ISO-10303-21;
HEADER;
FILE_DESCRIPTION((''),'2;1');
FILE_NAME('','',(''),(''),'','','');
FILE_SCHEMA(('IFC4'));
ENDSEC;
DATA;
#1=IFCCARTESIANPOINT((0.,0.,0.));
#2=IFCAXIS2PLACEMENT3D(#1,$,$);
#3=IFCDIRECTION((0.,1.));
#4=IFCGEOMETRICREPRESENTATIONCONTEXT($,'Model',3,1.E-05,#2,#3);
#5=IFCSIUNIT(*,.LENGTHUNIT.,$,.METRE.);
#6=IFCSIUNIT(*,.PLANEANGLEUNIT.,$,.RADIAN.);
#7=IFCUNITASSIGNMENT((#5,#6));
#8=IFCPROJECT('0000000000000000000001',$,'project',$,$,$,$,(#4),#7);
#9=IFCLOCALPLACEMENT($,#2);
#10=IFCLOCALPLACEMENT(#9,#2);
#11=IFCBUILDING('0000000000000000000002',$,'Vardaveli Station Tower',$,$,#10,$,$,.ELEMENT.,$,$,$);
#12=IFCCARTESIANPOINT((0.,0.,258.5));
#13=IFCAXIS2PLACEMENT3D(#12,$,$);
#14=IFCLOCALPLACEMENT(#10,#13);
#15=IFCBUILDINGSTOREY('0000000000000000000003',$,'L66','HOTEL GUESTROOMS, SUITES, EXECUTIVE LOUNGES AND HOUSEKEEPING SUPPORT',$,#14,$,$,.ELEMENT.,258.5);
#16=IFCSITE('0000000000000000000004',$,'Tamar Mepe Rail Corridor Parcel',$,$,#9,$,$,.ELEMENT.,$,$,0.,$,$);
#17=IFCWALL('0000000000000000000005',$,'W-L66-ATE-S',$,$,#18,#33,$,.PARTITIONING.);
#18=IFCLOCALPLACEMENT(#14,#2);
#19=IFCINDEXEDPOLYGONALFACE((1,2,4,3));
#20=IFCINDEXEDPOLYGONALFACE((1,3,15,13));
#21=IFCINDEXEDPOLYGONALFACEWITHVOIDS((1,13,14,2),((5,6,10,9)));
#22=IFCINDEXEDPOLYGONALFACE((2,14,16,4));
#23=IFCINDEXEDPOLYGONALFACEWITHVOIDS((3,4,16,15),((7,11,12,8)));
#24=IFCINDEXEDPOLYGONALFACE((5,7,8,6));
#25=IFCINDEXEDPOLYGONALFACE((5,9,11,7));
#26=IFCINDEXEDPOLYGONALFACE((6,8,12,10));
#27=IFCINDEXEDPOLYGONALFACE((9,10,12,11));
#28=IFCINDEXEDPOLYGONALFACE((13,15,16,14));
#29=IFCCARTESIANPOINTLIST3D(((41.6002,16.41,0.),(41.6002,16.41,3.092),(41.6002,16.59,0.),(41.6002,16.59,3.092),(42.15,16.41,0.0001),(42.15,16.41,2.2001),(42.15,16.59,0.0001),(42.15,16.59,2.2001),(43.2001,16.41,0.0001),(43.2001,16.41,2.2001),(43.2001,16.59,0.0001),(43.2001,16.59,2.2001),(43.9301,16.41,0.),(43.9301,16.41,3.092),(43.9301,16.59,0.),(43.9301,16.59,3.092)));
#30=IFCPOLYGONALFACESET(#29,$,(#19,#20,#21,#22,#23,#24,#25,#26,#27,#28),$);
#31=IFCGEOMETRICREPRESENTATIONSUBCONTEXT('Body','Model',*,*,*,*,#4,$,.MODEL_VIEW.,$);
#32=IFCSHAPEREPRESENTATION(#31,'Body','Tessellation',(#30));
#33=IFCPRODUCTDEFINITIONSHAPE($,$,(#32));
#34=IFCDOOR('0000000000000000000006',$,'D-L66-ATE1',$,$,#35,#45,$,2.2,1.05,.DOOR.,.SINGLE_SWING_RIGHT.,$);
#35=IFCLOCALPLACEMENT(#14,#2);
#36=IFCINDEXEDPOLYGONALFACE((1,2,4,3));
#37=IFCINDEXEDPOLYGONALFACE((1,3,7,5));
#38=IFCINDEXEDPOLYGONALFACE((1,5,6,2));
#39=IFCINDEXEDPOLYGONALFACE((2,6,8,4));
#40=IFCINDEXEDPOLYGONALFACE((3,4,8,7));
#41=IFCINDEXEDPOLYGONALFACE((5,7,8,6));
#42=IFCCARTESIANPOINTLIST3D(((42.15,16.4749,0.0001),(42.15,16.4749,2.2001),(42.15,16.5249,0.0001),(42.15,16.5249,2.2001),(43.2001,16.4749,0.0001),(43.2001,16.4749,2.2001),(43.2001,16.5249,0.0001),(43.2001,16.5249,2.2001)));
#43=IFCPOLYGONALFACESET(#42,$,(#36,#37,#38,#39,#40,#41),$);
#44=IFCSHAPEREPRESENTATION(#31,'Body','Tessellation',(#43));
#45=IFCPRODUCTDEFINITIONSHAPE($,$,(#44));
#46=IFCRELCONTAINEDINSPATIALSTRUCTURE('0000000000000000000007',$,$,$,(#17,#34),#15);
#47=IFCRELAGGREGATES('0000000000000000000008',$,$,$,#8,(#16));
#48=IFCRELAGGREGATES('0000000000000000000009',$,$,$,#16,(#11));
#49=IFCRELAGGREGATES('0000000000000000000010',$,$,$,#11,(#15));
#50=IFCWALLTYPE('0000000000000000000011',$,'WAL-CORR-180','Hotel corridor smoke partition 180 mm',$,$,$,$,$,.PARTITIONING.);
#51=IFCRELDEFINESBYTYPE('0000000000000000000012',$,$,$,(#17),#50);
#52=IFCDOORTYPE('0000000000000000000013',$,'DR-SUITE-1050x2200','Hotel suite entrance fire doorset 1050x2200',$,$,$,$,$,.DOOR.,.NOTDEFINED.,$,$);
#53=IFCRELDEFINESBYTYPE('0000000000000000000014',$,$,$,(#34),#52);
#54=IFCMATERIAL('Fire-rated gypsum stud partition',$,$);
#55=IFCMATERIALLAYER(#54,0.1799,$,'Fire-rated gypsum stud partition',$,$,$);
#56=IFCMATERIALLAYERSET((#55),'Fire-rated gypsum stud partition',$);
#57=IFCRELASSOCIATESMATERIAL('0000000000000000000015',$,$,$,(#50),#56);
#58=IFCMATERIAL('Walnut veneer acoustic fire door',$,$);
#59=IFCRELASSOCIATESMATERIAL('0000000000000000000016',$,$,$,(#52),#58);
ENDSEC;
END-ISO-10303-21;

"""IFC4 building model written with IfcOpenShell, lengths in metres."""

from ifc_helpers import new_model, si_unit, direction, frame, frame_2d, origin, place, context, subcontext, project, spatial, rectangle, extrude, source, transform, mapped, material, layer, layer_set, type_object, element, fill, save


model = new_model("IFC4")

# Units and contexts
model_context = context("Model", 3, precision=1e-05, world=origin(), true_north=direction((0.0, 1.0)))
body_context = subcontext(model_context, "Body", "Model", "MODEL_VIEW")
ifc_project = project(units=[si_unit("LENGTHUNIT", "METRE"), si_unit("PLANEANGLEUNIT", "RADIAN")], contexts=[model_context])

# Site, building, storey
site_placement = place(None, origin())
site = spatial("IfcSite", under=ifc_project, at=site_placement, Name="Tamar Mepe Rail Corridor Parcel", CompositionType="ELEMENT", RefElevation=0.0)
building_placement = place(site_placement, origin())
building = spatial("IfcBuilding", under=site, at=building_placement, Name="Vardaveli Station Tower", CompositionType="ELEMENT")
storey_placement = place(building_placement, frame((0.0, 0.0, 258.5)))
storey = spatial("IfcBuildingStorey", under=building, at=storey_placement, Name="L66", Description="HOTEL GUESTROOMS, SUITES, EXECUTIVE LOUNGES AND HOUSEKEEPING SUPPORT", CompositionType="ELEMENT", Elevation=258.5)

# Wall, opening, door
ifc_material_1 = material(Name="Fire-rated gypsum stud partition")
ifc_layer_1 = layer(ifc_material_1, 0.1799, Name="Fire-rated gypsum stud partition")
ifc_layer_set_1 = layer_set([ifc_layer_1], Name="Fire-rated gypsum stud partition")
wall_type_1 = type_object("IfcWallType", Name="WAL-CORR-180", Description="Hotel corridor smoke partition 180 mm", PredefinedType="PARTITIONING", material=ifc_layer_set_1)
shared_shape_1 = source(origin(), body_context, "Body", "SweptSolid", [
    extrude(rectangle(XDim=2.3298, YDim=0.1799, at=frame_2d((1.165, 0.0))), origin(), (0.0, 0.0, 1.0), 3.092),
])
wall_1_placement = place(storey_placement, frame((41.6001, 16.5, 0.0), z_axis=(0.0, 0.0, 1.0), x_axis=(1.0, 0.0, 0.0)))
wall_1 = element("IfcWall", 1, at=wall_1_placement, inside=storey, type_object=wall_type_1, Name="W-L66-ATE-S", PredefinedType="PARTITIONING", context=body_context, shape_type="MappedRepresentation", body=[
    mapped(shared_shape_1, transform((0.0, 0.0, 0.0), scale=1.0)),
])
shared_shape_2 = source(origin(), body_context, "Body", "SweptSolid", [
    extrude(rectangle(XDim=1.05, YDim=2.2, at=frame_2d((0.5249, 1.1001))), frame((0.0, 0.1001, 0.0), z_axis=(0.0, -1.0, 0.0), x_axis=(1.0, 0.0, 0.0)), (0.0, 0.0, 1.0), 0.2),
])
opening_1_placement = place(wall_1_placement, frame((0.55, 0.0, 0.0)))
opening_1 = element("IfcOpeningElement", 2, at=opening_1_placement, cuts=wall_1, PredefinedType="OPENING", context=body_context, shape_type="MappedRepresentation", body=[
    mapped(shared_shape_2, transform((0.0, 0.0, 0.0), scale=1.0)),
])
ifc_material_2 = material(Name="Walnut veneer acoustic fire door")
door_type_1 = type_object("IfcDoorType", Name="DR-SUITE-1050x2200", Description="Hotel suite entrance fire doorset 1050x2200", OperationType="NOTDEFINED", PredefinedType="DOOR", material=ifc_material_2)
shared_shape_3 = source(origin(), body_context, "Body", "SweptSolid", [
    extrude(rectangle(XDim=1.05, YDim=2.2, at=frame_2d((0.5249, 1.1001))), frame((0.0, 0.0249, 0.0), z_axis=(0.0, -1.0, 0.0), x_axis=(1.0, 0.0, 0.0)), (0.0, 0.0, 1.0), 0.05),
])
door_1_placement = place(opening_1_placement, origin())
door_1 = element("IfcDoor", 3, at=door_1_placement, inside=storey, type_object=door_type_1, Name="D-L66-ATE1", OperationType="SINGLE_SWING_RIGHT", OverallHeight=2.2, OverallWidth=1.05, PredefinedType="DOOR", context=body_context, shape_type="MappedRepresentation", body=[
    mapped(shared_shape_3, transform((0.0, 0.0, 0.0), scale=1.0)),
])
fill(opening_1, door_1)

save(model, "model.ifc")
